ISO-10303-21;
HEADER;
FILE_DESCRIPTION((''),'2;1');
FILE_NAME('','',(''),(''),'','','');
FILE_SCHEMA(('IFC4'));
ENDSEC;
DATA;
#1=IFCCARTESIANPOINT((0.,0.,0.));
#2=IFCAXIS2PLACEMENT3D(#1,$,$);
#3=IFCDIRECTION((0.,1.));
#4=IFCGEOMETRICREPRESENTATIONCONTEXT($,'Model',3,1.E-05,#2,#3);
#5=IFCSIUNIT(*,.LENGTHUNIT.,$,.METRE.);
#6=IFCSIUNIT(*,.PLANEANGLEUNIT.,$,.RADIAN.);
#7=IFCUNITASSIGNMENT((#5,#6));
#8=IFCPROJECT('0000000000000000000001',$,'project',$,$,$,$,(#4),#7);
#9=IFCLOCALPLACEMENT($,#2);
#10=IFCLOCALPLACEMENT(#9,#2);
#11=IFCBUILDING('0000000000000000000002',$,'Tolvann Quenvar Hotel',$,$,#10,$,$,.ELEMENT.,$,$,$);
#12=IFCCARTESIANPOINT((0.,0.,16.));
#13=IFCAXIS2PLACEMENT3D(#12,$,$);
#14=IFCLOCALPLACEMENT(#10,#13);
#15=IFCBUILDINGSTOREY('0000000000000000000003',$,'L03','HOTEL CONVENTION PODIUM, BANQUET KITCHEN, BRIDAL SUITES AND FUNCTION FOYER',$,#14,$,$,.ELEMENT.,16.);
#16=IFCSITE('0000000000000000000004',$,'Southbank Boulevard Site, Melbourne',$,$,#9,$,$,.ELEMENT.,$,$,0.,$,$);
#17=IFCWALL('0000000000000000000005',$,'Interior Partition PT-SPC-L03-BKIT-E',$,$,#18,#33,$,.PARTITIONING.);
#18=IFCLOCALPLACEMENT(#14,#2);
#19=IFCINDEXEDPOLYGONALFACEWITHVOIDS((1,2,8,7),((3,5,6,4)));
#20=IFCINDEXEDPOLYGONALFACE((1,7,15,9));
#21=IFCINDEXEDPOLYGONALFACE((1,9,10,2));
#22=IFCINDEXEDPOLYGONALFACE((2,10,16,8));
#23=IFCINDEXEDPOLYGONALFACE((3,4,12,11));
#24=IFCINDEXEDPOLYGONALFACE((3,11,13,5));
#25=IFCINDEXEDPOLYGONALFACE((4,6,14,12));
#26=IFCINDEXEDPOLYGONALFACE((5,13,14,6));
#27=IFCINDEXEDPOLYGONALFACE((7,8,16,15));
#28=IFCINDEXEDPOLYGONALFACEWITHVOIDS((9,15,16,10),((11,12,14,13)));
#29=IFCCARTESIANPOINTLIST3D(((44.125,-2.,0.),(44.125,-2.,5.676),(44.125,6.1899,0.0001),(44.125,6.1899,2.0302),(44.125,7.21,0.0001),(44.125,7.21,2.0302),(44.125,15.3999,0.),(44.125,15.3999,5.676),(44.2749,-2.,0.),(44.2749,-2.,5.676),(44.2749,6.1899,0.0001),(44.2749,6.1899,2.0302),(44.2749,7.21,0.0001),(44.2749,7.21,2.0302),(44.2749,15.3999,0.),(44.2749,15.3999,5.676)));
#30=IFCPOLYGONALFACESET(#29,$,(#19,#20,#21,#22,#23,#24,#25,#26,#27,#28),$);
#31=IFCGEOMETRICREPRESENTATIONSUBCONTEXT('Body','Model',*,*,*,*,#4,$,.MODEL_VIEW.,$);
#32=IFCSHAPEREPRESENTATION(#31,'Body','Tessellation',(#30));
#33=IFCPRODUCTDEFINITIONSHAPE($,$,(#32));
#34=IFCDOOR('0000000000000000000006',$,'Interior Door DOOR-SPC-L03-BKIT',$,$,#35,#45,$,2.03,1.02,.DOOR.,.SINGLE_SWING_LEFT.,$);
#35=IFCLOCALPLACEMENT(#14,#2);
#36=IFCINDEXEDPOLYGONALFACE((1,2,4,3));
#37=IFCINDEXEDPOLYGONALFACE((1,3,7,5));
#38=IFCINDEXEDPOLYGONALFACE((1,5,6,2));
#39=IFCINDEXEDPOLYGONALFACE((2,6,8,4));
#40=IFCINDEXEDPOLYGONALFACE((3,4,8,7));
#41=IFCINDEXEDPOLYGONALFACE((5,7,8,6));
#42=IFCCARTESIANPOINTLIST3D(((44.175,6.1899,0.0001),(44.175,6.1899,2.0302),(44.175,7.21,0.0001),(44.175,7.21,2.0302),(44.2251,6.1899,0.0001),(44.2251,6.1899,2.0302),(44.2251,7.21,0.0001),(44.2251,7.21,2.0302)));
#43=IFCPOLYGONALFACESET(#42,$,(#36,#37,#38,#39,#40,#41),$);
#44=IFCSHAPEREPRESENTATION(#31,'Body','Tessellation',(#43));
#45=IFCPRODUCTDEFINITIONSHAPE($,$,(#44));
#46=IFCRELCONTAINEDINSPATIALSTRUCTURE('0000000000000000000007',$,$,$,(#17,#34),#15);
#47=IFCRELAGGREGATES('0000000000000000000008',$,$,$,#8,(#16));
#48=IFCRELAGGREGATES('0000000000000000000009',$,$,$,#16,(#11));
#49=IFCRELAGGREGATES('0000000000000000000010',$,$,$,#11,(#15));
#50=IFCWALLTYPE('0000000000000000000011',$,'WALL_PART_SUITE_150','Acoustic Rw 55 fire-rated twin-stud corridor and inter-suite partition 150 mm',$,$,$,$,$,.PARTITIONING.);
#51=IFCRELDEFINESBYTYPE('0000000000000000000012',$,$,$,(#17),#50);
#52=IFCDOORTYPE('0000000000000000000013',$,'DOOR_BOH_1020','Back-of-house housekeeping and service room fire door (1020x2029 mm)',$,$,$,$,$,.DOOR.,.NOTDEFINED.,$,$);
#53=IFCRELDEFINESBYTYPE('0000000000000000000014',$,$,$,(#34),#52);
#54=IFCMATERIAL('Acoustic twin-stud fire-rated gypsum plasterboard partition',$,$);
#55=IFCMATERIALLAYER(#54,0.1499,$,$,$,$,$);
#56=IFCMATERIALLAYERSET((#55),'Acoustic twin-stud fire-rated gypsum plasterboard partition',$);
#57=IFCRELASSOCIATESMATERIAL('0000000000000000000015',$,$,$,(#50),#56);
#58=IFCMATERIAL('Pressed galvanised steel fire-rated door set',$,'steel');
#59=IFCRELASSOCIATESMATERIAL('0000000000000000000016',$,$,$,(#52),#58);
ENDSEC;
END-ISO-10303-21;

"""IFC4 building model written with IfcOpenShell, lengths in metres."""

from ifc_helpers import new_model, si_unit, direction, frame, frame_2d, origin, place, context, subcontext, project, spatial, rectangle, extrude, source, transform, mapped, material, layer, layer_set, type_object, type_shapes, element, fill, save


model = new_model("IFC4")

# Units and contexts
model_context = context("Model", 3, precision=1e-05, world=origin(), true_north=direction((0.0, 1.0)))
body_context = subcontext(model_context, "Body", "Model", "MODEL_VIEW")
ifc_project = project(units=[si_unit("LENGTHUNIT", "METRE"), si_unit("PLANEANGLEUNIT", "RADIAN")], contexts=[model_context])

# Site, building, storey
site_placement = place(None, origin())
site = spatial("IfcSite", under=ifc_project, at=site_placement, Name="Southbank Boulevard Site, Melbourne", CompositionType="ELEMENT", RefElevation=0.0)
building_placement = place(site_placement, origin())
building = spatial("IfcBuilding", under=site, at=building_placement, Name="Tolvann Quenvar Hotel", CompositionType="ELEMENT")
storey_placement = place(building_placement, frame((0.0, 0.0, 16.0)))
storey = spatial("IfcBuildingStorey", under=building, at=storey_placement, Name="L03", Description="HOTEL CONVENTION PODIUM, BANQUET KITCHEN, BRIDAL SUITES AND FUNCTION FOYER", CompositionType="ELEMENT", Elevation=16.0)

# Wall, opening, door
ifc_material_1 = material(Name="Acoustic twin-stud fire-rated gypsum plasterboard partition")
ifc_layer_1 = layer(ifc_material_1, 0.1499)
ifc_layer_set_1 = layer_set([ifc_layer_1], Name="Acoustic twin-stud fire-rated gypsum plasterboard partition")
wall_type = type_object("IfcWallType", Name="WALL_PART_SUITE_150", Description="Acoustic Rw 55 fire-rated twin-stud corridor and inter-suite partition 150 mm", PredefinedType="PARTITIONING", material=ifc_layer_set_1)
wall_placement = place(storey_placement, frame((44.2, -2.0, 0.0), z_axis=(0.0, 0.0, 1.0), x_axis=(0.0, 1.0, 0.0)))
wall = element("IfcWall", 1, at=wall_placement, inside=storey, type_object=wall_type, Name="Interior Partition PT-SPC-L03-BKIT-E", PredefinedType="PARTITIONING", context=body_context, shape_type="SweptSolid", body=[
    extrude(rectangle(XDim=17.3999, YDim=0.1499, at=frame_2d((8.7, 0.0))), origin(), (0.0, 0.0, 1.0), 5.676),
])
opening_placement = place(wall_placement, frame((8.1899, 0.0, 0.0)))
opening = element("IfcOpeningElement", 2, at=opening_placement, cuts=wall, PredefinedType="OPENING", context=body_context, shape_type="SweptSolid", body=[
    extrude(rectangle(XDim=1.02, YDim=2.03, at=frame_2d((0.51, 1.0151))), frame((0.0, 0.085, 0.0), z_axis=(0.0, -1.0, 0.0), x_axis=(1.0, 0.0, 0.0)), (0.0, 0.0, 1.0), 0.1699),
])
ifc_material_2 = material(Name="Pressed galvanised steel fire-rated door set", Category="steel")
door_type = type_object("IfcDoorType", Name="DOOR_BOH_1020", Description="Back-of-house housekeeping and service room fire door (1020x2029 mm)", OperationType="NOTDEFINED", PredefinedType="DOOR", material=ifc_material_2)
shared_shape_1 = source(origin(), body_context, "Body", "SweptSolid", [
    extrude(rectangle(XDim=1.02, YDim=2.03, at=frame_2d((0.51, 1.0151))), frame((0.0, 0.0249, 0.0), z_axis=(0.0, -1.0, 0.0), x_axis=(1.0, 0.0, 0.0)), (0.0, 0.0, 1.0), 0.05),
])
type_shapes(door_type, [shared_shape_1])
door_placement = place(opening_placement, origin())
door = element("IfcDoor", 3, at=door_placement, inside=storey, type_object=door_type, Name="Interior Door DOOR-SPC-L03-BKIT", OperationType="SINGLE_SWING_LEFT", OverallHeight=2.03, OverallWidth=1.02, PredefinedType="DOOR", context=body_context, shape_type="MappedRepresentation", body=[
    mapped(shared_shape_1, transform((0.0, 0.0, 0.0), x_axis=(1.0, 0.0, 0.0), y_axis=(0.0, 1.0, 0.0), z_axis=(0.0, 0.0, 1.0), scale=1.0)),
])
fill(opening, door)

save(model, "model.ifc")
